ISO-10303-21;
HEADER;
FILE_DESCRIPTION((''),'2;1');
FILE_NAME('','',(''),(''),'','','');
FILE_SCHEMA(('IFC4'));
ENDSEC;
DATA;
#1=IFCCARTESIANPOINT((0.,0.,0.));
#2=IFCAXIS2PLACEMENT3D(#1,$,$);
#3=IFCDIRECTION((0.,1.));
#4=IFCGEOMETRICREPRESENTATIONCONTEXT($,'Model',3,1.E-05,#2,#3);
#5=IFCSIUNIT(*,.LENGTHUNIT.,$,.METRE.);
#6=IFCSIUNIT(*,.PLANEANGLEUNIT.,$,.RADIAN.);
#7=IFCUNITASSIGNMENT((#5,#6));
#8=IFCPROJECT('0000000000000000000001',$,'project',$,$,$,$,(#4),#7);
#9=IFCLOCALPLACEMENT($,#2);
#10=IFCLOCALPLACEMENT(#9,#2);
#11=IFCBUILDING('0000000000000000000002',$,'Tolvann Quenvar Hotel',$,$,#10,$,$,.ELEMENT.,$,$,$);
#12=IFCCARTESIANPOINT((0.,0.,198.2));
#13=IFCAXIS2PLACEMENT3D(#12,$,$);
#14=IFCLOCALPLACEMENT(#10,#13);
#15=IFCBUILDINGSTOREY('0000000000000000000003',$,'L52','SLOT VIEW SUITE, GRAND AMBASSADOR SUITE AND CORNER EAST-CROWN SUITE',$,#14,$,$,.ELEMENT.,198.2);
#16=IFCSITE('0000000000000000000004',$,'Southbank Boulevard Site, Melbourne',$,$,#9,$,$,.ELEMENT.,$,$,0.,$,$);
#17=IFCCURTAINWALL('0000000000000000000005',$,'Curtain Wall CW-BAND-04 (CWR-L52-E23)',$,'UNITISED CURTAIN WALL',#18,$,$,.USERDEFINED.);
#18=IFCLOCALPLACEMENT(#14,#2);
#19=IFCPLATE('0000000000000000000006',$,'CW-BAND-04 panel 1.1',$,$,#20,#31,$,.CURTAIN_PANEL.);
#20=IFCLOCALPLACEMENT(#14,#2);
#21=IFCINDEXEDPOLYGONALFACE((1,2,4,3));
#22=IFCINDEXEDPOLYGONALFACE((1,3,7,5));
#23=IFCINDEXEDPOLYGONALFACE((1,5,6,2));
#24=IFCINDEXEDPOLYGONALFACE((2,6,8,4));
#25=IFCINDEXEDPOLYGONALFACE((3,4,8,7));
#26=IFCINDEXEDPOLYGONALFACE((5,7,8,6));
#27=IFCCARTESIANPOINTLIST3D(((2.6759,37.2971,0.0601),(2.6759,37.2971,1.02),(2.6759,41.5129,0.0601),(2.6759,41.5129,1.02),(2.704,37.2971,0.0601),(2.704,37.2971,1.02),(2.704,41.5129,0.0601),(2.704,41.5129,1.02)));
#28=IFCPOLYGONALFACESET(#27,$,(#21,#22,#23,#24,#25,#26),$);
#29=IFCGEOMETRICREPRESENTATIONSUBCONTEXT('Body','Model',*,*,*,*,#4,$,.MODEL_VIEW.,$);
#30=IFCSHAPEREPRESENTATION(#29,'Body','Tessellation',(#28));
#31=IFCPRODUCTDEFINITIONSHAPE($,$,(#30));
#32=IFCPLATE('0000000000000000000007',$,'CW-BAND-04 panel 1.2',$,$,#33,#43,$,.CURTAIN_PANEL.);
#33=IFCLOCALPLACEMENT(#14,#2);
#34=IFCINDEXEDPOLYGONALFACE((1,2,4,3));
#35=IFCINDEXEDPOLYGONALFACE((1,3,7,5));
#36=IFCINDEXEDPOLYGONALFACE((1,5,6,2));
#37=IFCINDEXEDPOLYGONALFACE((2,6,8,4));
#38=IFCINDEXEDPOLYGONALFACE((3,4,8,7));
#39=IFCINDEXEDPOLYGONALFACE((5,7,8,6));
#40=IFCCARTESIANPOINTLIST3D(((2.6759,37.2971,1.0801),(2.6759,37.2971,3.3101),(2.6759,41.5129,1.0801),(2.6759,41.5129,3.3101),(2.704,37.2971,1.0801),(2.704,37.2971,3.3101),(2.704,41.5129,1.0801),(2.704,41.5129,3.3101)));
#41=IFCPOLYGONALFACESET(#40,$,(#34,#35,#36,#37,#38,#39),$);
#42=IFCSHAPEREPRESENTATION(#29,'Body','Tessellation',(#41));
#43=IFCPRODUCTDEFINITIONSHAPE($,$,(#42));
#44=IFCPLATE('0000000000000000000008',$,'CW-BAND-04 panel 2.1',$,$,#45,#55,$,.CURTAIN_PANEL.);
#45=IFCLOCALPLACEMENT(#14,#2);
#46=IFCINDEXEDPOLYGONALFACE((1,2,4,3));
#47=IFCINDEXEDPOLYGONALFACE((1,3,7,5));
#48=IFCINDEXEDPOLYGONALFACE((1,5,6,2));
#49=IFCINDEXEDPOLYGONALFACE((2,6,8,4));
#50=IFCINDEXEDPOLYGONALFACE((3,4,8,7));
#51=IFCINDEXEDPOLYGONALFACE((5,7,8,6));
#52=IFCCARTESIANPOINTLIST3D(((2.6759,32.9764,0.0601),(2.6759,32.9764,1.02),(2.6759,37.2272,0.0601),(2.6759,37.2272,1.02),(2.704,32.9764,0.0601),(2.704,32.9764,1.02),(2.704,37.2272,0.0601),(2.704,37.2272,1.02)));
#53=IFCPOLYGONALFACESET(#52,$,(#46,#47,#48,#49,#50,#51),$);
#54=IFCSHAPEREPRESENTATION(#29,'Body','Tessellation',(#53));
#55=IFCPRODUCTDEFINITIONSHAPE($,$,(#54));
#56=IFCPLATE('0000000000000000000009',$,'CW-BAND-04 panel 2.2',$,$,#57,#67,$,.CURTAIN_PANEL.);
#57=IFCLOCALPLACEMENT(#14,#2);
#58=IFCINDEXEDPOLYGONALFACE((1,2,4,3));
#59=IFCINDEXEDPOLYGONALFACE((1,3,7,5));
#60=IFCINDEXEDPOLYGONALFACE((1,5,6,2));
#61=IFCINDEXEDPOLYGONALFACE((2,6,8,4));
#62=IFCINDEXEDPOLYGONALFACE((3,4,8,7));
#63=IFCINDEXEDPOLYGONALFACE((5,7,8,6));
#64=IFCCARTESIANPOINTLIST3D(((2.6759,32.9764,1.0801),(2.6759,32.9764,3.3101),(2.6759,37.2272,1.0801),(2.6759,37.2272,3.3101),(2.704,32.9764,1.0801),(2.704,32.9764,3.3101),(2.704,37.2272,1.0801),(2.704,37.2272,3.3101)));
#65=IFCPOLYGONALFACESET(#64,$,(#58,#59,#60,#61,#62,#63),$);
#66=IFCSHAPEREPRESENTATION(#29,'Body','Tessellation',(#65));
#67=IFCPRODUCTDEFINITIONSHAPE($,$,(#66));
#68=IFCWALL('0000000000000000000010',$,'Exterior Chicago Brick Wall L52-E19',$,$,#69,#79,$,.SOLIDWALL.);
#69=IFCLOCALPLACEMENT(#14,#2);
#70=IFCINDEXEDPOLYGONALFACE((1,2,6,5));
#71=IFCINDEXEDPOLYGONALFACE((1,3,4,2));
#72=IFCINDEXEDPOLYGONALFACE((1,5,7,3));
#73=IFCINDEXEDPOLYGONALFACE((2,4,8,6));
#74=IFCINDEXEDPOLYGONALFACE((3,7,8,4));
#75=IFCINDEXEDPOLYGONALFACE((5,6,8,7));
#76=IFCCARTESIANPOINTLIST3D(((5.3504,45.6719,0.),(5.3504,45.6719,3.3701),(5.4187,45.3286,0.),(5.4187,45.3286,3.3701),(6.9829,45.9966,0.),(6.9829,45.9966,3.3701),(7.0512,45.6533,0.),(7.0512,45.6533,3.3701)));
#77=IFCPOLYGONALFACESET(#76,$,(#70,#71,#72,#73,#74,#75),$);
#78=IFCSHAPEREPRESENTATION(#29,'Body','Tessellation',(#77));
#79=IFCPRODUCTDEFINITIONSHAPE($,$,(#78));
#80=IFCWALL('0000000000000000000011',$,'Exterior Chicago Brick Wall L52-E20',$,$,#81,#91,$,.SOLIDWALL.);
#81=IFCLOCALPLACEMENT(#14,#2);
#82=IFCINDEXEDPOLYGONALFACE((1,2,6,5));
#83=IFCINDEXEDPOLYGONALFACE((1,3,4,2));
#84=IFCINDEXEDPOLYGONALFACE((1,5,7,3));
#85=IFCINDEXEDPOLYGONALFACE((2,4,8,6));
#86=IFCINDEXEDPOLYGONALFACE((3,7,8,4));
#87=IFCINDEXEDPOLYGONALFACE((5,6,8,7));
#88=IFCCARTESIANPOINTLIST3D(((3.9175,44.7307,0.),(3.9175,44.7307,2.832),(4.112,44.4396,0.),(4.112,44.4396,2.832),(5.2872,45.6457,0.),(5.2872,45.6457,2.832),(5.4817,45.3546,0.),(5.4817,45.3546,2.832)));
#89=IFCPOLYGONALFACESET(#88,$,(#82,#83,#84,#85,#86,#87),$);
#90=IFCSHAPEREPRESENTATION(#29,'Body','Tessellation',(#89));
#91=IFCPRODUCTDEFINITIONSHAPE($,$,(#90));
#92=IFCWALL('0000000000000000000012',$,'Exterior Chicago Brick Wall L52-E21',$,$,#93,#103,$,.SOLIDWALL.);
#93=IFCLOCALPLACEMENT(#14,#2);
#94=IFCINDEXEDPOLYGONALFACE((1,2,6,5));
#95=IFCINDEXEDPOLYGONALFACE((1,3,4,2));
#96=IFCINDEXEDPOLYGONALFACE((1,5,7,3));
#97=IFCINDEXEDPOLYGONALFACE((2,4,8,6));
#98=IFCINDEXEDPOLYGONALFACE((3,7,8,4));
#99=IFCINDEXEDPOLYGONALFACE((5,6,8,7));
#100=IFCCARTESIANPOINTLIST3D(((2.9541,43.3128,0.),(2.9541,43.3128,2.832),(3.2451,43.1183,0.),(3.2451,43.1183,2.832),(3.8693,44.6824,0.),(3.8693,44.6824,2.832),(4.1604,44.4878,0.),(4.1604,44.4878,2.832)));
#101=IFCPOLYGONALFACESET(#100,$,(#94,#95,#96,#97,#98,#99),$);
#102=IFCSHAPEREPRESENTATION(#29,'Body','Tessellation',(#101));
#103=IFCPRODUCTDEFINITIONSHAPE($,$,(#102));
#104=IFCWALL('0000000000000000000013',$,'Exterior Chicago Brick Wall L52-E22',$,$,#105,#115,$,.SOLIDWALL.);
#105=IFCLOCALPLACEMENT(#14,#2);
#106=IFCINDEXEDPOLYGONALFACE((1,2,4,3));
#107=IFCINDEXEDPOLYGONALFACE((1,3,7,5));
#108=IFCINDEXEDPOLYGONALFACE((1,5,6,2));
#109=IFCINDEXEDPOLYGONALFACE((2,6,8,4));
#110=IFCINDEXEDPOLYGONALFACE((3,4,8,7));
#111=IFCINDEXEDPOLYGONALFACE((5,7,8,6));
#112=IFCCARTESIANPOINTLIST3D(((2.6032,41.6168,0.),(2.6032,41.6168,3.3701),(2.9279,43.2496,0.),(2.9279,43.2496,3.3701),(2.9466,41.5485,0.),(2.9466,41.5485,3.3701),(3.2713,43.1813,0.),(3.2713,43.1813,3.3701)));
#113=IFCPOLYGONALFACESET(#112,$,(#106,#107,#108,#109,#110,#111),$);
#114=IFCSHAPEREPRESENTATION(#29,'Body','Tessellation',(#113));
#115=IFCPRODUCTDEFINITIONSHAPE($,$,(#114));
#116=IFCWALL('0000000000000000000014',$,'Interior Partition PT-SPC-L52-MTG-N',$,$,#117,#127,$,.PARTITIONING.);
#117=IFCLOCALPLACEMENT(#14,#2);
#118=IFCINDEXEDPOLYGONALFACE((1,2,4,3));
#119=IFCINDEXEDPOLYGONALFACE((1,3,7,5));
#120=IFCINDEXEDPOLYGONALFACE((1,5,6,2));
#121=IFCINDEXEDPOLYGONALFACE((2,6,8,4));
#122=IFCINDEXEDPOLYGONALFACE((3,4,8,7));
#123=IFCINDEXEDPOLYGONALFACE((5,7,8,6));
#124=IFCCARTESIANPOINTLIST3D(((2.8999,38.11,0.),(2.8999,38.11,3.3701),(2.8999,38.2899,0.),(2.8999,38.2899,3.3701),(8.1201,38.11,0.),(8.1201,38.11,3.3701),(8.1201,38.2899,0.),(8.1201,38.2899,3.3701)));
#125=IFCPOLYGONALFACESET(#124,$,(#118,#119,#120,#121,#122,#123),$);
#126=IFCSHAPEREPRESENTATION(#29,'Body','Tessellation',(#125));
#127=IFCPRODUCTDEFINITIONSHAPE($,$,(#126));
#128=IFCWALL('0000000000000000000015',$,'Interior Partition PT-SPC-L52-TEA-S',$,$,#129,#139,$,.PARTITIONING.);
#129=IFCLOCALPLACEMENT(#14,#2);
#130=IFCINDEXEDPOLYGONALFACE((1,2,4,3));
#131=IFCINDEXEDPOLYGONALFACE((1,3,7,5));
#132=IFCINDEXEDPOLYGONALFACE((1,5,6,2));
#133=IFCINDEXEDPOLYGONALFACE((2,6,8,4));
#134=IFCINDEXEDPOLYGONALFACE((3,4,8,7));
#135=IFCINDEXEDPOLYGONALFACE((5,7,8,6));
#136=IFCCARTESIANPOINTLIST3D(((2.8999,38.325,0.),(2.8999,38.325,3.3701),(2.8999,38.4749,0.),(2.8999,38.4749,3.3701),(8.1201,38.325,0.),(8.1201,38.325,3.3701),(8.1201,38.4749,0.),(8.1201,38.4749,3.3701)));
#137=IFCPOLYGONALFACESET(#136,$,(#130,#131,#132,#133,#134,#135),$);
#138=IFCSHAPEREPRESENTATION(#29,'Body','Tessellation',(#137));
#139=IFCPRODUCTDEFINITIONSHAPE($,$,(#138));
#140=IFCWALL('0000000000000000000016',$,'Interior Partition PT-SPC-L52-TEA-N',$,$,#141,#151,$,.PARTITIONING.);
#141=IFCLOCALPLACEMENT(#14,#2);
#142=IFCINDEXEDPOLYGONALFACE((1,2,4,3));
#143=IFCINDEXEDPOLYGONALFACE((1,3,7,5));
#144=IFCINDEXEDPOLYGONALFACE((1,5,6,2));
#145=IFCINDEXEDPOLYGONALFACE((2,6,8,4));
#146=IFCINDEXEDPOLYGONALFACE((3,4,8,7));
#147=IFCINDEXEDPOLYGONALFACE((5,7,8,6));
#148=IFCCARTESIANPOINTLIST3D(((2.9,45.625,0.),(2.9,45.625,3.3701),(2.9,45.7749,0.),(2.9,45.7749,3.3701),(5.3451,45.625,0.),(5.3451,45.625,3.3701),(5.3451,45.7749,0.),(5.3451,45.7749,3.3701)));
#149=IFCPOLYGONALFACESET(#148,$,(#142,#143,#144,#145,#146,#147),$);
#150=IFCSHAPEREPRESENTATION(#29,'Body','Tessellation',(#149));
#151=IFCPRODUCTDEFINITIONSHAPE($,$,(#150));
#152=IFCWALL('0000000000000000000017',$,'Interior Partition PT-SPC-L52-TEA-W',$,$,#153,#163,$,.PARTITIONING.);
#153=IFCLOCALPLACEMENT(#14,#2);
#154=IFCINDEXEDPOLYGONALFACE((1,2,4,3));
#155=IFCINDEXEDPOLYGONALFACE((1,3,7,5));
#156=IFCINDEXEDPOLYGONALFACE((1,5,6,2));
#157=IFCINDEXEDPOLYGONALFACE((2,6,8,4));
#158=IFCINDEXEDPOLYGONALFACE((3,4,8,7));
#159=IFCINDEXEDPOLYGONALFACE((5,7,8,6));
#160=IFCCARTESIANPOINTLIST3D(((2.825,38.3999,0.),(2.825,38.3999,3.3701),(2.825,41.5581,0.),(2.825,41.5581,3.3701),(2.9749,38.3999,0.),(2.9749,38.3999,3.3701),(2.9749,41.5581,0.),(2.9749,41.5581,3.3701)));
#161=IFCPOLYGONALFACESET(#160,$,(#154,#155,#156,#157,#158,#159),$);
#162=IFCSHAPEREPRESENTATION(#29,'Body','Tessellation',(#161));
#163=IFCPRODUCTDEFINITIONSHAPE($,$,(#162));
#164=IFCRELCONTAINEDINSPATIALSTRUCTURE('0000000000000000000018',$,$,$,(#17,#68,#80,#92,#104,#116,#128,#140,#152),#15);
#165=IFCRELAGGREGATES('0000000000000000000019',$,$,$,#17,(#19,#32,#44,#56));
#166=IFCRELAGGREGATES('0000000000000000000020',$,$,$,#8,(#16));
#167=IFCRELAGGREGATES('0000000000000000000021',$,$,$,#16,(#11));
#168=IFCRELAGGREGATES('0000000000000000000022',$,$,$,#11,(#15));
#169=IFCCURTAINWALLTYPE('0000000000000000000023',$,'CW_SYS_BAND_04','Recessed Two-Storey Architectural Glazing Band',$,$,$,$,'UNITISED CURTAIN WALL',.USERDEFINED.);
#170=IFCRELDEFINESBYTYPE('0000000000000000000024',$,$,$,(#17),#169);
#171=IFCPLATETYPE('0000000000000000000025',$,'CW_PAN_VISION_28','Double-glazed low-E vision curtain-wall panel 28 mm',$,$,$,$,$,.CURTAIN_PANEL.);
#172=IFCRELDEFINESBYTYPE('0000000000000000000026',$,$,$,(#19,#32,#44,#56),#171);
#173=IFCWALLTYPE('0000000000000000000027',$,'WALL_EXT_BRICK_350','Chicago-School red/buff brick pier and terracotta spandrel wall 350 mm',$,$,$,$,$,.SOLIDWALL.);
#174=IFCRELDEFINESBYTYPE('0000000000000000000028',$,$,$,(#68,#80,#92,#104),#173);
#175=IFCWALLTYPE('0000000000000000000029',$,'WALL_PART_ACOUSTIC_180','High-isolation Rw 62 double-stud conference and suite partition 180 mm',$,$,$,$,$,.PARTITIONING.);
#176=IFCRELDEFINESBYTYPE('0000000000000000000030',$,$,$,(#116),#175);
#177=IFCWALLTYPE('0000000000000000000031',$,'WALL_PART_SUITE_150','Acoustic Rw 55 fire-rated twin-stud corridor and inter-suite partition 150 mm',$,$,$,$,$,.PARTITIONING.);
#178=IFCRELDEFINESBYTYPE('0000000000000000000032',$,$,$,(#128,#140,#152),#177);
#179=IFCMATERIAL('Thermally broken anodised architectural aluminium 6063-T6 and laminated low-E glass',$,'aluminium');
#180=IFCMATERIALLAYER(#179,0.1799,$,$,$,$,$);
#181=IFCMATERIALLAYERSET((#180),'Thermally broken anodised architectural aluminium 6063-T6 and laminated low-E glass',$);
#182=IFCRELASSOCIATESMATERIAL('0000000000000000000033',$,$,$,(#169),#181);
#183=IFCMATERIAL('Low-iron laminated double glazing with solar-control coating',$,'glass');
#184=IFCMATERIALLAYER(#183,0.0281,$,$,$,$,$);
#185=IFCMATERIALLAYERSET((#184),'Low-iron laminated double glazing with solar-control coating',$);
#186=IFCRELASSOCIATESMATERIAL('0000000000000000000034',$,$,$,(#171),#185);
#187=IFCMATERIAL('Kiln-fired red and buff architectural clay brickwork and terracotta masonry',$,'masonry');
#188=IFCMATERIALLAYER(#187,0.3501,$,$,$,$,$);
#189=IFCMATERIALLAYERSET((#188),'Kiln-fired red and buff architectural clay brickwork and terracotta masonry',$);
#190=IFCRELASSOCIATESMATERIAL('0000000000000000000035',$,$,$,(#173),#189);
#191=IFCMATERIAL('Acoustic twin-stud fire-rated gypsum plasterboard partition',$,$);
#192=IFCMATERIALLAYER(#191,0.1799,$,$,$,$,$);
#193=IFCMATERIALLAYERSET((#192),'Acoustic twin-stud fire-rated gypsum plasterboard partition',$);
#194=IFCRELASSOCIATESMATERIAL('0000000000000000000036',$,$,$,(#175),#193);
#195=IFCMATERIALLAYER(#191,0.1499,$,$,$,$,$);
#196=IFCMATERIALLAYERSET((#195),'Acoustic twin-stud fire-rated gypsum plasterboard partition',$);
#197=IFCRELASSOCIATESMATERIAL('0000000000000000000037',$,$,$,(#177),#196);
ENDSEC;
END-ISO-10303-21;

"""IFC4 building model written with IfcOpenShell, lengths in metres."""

from ifc_helpers import new_model, si_unit, direction, frame, frame_2d, origin, origin_2d, place, context, subcontext, project, spatial, rectangle, extrude, source, transform, mapped, material, layer, layer_set, type_object, type_shapes, element, aggregate, save


model = new_model("IFC4")

# Units and contexts
model_context = context("Model", 3, precision=1e-05, world=origin(), true_north=direction((0.0, 1.0)))
body_context = subcontext(model_context, "Body", "Model", "MODEL_VIEW")
ifc_project = project(units=[si_unit("LENGTHUNIT", "METRE"), si_unit("PLANEANGLEUNIT", "RADIAN")], contexts=[model_context])

# Site, building, storey
site_placement = place(None, origin())
site = spatial("IfcSite", under=ifc_project, at=site_placement, Name="Southbank Boulevard Site, Melbourne", CompositionType="ELEMENT", RefElevation=0.0)
building_placement = place(site_placement, origin())
building = spatial("IfcBuilding", under=site, at=building_placement, Name="Tolvann Quenvar Hotel", CompositionType="ELEMENT")
storey_placement = place(building_placement, frame((0.0, 0.0, 198.2)))
storey = spatial("IfcBuildingStorey", under=building, at=storey_placement, Name="L52", Description="SLOT VIEW SUITE, GRAND AMBASSADOR SUITE AND CORNER EAST-CROWN SUITE", CompositionType="ELEMENT", Elevation=198.2)

# Curtain wall, plates
ifc_material_1 = material(Name="Thermally broken anodised architectural aluminium 6063-T6 and laminated low-E glass", Category="aluminium")
ifc_layer_1 = layer(ifc_material_1, 0.1799)
ifc_layer_set_1 = layer_set([ifc_layer_1], Name="Thermally broken anodised architectural aluminium 6063-T6 and laminated low-E glass")
curtain_wall_type = type_object("IfcCurtainWallType", Name="CW_SYS_BAND_04", Description="Recessed Two-Storey Architectural Glazing Band", ElementType="UNITISED CURTAIN WALL", PredefinedType="USERDEFINED", material=ifc_layer_set_1)
curtain_wall_placement = place(storey_placement, origin())
curtain_wall = element("IfcCurtainWall", 1, at=curtain_wall_placement, inside=storey, type_object=curtain_wall_type, Name="Curtain Wall CW-BAND-04 (CWR-L52-E23)", ObjectType="UNITISED CURTAIN WALL", PredefinedType="USERDEFINED")
ifc_material_2 = material(Name="Low-iron laminated double glazing with solar-control coating", Category="glass")
ifc_layer_2 = layer(ifc_material_2, 0.0281)
ifc_layer_set_2 = layer_set([ifc_layer_2], Name="Low-iron laminated double glazing with solar-control coating")
plate_type = type_object("IfcPlateType", Name="CW_PAN_VISION_28", Description="Double-glazed low-E vision curtain-wall panel 28 mm", PredefinedType="CURTAIN_PANEL", material=ifc_layer_set_2)
shared_shape_1 = source(origin(), body_context, "Body", "SweptSolid", [
    extrude(rectangle(XDim=4.2158, YDim=0.0281, at=origin_2d()), origin(), (0.0, 0.0, 1.0), 0.96),
])
plate_1_placement = place(storey_placement, frame((2.6899, 39.405, 0.0601), z_axis=(0.0, 0.0, 1.0), x_axis=(0.0, -1.0, 0.0)))
plate_1 = element("IfcPlate", 2, at=plate_1_placement, type_object=plate_type, Name="CW-BAND-04 panel 1.1", PredefinedType="CURTAIN_PANEL", context=body_context, shape_type="MappedRepresentation", body=[
    mapped(shared_shape_1, transform((0.0, 0.0, 0.0), x_axis=(1.0, 0.0, 0.0), y_axis=(0.0, 1.0, 0.0), z_axis=(0.0, 0.0, 1.0), scale=1.0)),
])
shared_shape_2 = source(origin(), body_context, "Body", "SweptSolid", [
    extrude(rectangle(XDim=4.2158, YDim=0.0281, at=origin_2d()), origin(), (0.0, 0.0, 1.0), 2.23),
])
plate_2_placement = place(storey_placement, frame((2.6899, 39.405, 1.0801), z_axis=(0.0, 0.0, 1.0), x_axis=(0.0, -1.0, 0.0)))
plate_2 = element("IfcPlate", 3, at=plate_2_placement, type_object=plate_type, Name="CW-BAND-04 panel 1.2", PredefinedType="CURTAIN_PANEL", context=body_context, shape_type="MappedRepresentation", body=[
    mapped(shared_shape_2, transform((0.0, 0.0, 0.0), x_axis=(1.0, 0.0, 0.0), y_axis=(0.0, 1.0, 0.0), z_axis=(0.0, 0.0, 1.0), scale=1.0)),
])
shared_shape_3 = source(origin(), body_context, "Body", "SweptSolid", [
    extrude(rectangle(XDim=4.2507, YDim=0.0281, at=origin_2d()), origin(), (0.0, 0.0, 1.0), 0.96),
])
plate_3_placement = place(storey_placement, frame((2.6899, 35.1018, 0.0601), z_axis=(0.0, 0.0, 1.0), x_axis=(0.0, -1.0, 0.0)))
plate_3 = element("IfcPlate", 4, at=plate_3_placement, type_object=plate_type, Name="CW-BAND-04 panel 2.1", PredefinedType="CURTAIN_PANEL", context=body_context, shape_type="MappedRepresentation", body=[
    mapped(shared_shape_3, transform((0.0, 0.0, 0.0), x_axis=(1.0, 0.0, 0.0), y_axis=(0.0, 1.0, 0.0), z_axis=(0.0, 0.0, 1.0), scale=1.0)),
])
shared_shape_4 = source(origin(), body_context, "Body", "SweptSolid", [
    extrude(rectangle(XDim=4.2507, YDim=0.0281, at=origin_2d()), origin(), (0.0, 0.0, 1.0), 2.23),
])
type_shapes(plate_type, [shared_shape_1, shared_shape_2, shared_shape_3, shared_shape_4])
plate_4_placement = place(storey_placement, frame((2.6899, 35.1018, 1.0801), z_axis=(0.0, 0.0, 1.0), x_axis=(0.0, -1.0, 0.0)))
plate_4 = element("IfcPlate", 5, at=plate_4_placement, type_object=plate_type, Name="CW-BAND-04 panel 2.2", PredefinedType="CURTAIN_PANEL", context=body_context, shape_type="MappedRepresentation", body=[
    mapped(shared_shape_4, transform((0.0, 0.0, 0.0), x_axis=(1.0, 0.0, 0.0), y_axis=(0.0, 1.0, 0.0), z_axis=(0.0, 0.0, 1.0), scale=1.0)),
])
aggregate(curtain_wall, [plate_1, plate_2, plate_3, plate_4])

# Walls
ifc_material_3 = material(Name="Kiln-fired red and buff architectural clay brickwork and terracotta masonry", Category="masonry")
ifc_layer_3 = layer(ifc_material_3, 0.3501)
ifc_layer_set_3 = layer_set([ifc_layer_3], Name="Kiln-fired red and buff architectural clay brickwork and terracotta masonry")
wall_type_1 = type_object("IfcWallType", Name="WALL_EXT_BRICK_350", Description="Chicago-School red/buff brick pier and terracotta spandrel wall 350 mm", PredefinedType="SOLIDWALL", material=ifc_layer_set_3)
wall_1_placement = place(storey_placement, frame((7.0171, 45.825, 0.0), z_axis=(0.0, 0.0, 1.0), x_axis=(-0.980789, -0.195072, 0.0)))
element("IfcWall", 6, at=wall_1_placement, inside=storey, type_object=wall_type_1, Name="Exterior Chicago Brick Wall L52-E19", PredefinedType="SOLIDWALL", context=body_context, shape_type="SweptSolid", body=[
    extrude(rectangle(XDim=1.6646, YDim=0.3501, at=frame_2d((0.8323, 0.0))), origin(), (0.0, 0.0, 1.0), 3.3701),
])
for number, where, z_axis, x_axis, name in (
    (7, (5.3845, 45.5002, 0.0), (0.0, 0.0, 1.0), (-0.831503, -0.555521, 0.0), "Exterior Chicago Brick Wall L52-E20"),
    (8, (4.0149, 44.5852, 0.0), (0.0, 0.0, 1.0), (-0.555623, -0.831434, 0.0), "Exterior Chicago Brick Wall L52-E21"),
):
    element("IfcWall", number, at=place(storey_placement, frame(where, z_axis=z_axis, x_axis=x_axis)), inside=storey, type_object=wall_type_1, Name=name, PredefinedType="SOLIDWALL", context=body_context, shape_type="SweptSolid", body=[
        extrude(rectangle(XDim=1.6472, YDim=0.3501, at=frame_2d((0.8237, 0.0))), origin(), (0.0, 0.0, 1.0), 2.832),
    ])
wall_2_placement = place(storey_placement, frame((3.0996, 43.2156, 0.0), z_axis=(0.0, 0.0, 1.0), x_axis=(-0.195044, -0.980794, 0.0)))
element("IfcWall", 9, at=wall_2_placement, inside=storey, type_object=wall_type_1, Name="Exterior Chicago Brick Wall L52-E22", PredefinedType="SOLIDWALL", context=body_context, shape_type="SweptSolid", body=[
    extrude(rectangle(XDim=1.6648, YDim=0.3501, at=frame_2d((0.8325, 0.0))), origin(), (0.0, 0.0, 1.0), 3.3701),
])
ifc_material_4 = material(Name="Acoustic twin-stud fire-rated gypsum plasterboard partition")
ifc_layer_4 = layer(ifc_material_4, 0.1799)
ifc_layer_set_4 = layer_set([ifc_layer_4], Name="Acoustic twin-stud fire-rated gypsum plasterboard partition")
wall_type_2 = type_object("IfcWallType", Name="WALL_PART_ACOUSTIC_180", Description="High-isolation Rw 62 double-stud conference and suite partition 180 mm", PredefinedType="PARTITIONING", material=ifc_layer_set_4)
wall_3_placement = place(storey_placement, frame((2.8999, 38.2, 0.0), z_axis=(0.0, 0.0, 1.0), x_axis=(1.0, 0.0, 0.0)))
element("IfcWall", 10, at=wall_3_placement, inside=storey, type_object=wall_type_2, Name="Interior Partition PT-SPC-L52-MTG-N", PredefinedType="PARTITIONING", context=body_context, shape_type="SweptSolid", body=[
    extrude(rectangle(XDim=5.2202, YDim=0.1799, at=frame_2d((2.6101, 0.0))), origin(), (0.0, 0.0, 1.0), 3.3701),
])
ifc_layer_5 = layer(ifc_material_4, 0.1499)
ifc_layer_set_5 = layer_set([ifc_layer_5], Name="Acoustic twin-stud fire-rated gypsum plasterboard partition")
wall_type_3 = type_object("IfcWallType", Name="WALL_PART_SUITE_150", Description="Acoustic Rw 55 fire-rated twin-stud corridor and inter-suite partition 150 mm", PredefinedType="PARTITIONING", material=ifc_layer_set_5)
wall_4_placement = place(storey_placement, frame((2.8999, 38.3999, 0.0), z_axis=(0.0, 0.0, 1.0), x_axis=(1.0, 0.0, 0.0)))
element("IfcWall", 11, at=wall_4_placement, inside=storey, type_object=wall_type_3, Name="Interior Partition PT-SPC-L52-TEA-S", PredefinedType="PARTITIONING", context=body_context, shape_type="SweptSolid", body=[
    extrude(rectangle(XDim=5.2202, YDim=0.1499, at=frame_2d((2.6101, 0.0))), origin(), (0.0, 0.0, 1.0), 3.3701),
])
wall_5_placement = place(storey_placement, frame((2.8999, 45.7, 0.0), z_axis=(0.0, 0.0, 1.0), x_axis=(1.0, 0.0, 0.0)))
element("IfcWall", 12, at=wall_5_placement, inside=storey, type_object=wall_type_3, Name="Interior Partition PT-SPC-L52-TEA-N", PredefinedType="PARTITIONING", context=body_context, shape_type="SweptSolid", body=[
    extrude(rectangle(XDim=2.4451, YDim=0.1499, at=frame_2d((1.2227, 0.0))), origin(), (0.0, 0.0, 1.0), 3.3701),
])
wall_6_placement = place(storey_placement, frame((2.8999, 38.3999, 0.0), z_axis=(0.0, 0.0, 1.0), x_axis=(0.0, 1.0, 0.0)))
element("IfcWall", 13, at=wall_6_placement, inside=storey, type_object=wall_type_3, Name="Interior Partition PT-SPC-L52-TEA-W", PredefinedType="PARTITIONING", context=body_context, shape_type="SweptSolid", body=[
    extrude(rectangle(XDim=3.1582, YDim=0.1499, at=frame_2d((1.5791, 0.0))), origin(), (0.0, 0.0, 1.0), 3.3701),
])

save(model, "model.ifc")
